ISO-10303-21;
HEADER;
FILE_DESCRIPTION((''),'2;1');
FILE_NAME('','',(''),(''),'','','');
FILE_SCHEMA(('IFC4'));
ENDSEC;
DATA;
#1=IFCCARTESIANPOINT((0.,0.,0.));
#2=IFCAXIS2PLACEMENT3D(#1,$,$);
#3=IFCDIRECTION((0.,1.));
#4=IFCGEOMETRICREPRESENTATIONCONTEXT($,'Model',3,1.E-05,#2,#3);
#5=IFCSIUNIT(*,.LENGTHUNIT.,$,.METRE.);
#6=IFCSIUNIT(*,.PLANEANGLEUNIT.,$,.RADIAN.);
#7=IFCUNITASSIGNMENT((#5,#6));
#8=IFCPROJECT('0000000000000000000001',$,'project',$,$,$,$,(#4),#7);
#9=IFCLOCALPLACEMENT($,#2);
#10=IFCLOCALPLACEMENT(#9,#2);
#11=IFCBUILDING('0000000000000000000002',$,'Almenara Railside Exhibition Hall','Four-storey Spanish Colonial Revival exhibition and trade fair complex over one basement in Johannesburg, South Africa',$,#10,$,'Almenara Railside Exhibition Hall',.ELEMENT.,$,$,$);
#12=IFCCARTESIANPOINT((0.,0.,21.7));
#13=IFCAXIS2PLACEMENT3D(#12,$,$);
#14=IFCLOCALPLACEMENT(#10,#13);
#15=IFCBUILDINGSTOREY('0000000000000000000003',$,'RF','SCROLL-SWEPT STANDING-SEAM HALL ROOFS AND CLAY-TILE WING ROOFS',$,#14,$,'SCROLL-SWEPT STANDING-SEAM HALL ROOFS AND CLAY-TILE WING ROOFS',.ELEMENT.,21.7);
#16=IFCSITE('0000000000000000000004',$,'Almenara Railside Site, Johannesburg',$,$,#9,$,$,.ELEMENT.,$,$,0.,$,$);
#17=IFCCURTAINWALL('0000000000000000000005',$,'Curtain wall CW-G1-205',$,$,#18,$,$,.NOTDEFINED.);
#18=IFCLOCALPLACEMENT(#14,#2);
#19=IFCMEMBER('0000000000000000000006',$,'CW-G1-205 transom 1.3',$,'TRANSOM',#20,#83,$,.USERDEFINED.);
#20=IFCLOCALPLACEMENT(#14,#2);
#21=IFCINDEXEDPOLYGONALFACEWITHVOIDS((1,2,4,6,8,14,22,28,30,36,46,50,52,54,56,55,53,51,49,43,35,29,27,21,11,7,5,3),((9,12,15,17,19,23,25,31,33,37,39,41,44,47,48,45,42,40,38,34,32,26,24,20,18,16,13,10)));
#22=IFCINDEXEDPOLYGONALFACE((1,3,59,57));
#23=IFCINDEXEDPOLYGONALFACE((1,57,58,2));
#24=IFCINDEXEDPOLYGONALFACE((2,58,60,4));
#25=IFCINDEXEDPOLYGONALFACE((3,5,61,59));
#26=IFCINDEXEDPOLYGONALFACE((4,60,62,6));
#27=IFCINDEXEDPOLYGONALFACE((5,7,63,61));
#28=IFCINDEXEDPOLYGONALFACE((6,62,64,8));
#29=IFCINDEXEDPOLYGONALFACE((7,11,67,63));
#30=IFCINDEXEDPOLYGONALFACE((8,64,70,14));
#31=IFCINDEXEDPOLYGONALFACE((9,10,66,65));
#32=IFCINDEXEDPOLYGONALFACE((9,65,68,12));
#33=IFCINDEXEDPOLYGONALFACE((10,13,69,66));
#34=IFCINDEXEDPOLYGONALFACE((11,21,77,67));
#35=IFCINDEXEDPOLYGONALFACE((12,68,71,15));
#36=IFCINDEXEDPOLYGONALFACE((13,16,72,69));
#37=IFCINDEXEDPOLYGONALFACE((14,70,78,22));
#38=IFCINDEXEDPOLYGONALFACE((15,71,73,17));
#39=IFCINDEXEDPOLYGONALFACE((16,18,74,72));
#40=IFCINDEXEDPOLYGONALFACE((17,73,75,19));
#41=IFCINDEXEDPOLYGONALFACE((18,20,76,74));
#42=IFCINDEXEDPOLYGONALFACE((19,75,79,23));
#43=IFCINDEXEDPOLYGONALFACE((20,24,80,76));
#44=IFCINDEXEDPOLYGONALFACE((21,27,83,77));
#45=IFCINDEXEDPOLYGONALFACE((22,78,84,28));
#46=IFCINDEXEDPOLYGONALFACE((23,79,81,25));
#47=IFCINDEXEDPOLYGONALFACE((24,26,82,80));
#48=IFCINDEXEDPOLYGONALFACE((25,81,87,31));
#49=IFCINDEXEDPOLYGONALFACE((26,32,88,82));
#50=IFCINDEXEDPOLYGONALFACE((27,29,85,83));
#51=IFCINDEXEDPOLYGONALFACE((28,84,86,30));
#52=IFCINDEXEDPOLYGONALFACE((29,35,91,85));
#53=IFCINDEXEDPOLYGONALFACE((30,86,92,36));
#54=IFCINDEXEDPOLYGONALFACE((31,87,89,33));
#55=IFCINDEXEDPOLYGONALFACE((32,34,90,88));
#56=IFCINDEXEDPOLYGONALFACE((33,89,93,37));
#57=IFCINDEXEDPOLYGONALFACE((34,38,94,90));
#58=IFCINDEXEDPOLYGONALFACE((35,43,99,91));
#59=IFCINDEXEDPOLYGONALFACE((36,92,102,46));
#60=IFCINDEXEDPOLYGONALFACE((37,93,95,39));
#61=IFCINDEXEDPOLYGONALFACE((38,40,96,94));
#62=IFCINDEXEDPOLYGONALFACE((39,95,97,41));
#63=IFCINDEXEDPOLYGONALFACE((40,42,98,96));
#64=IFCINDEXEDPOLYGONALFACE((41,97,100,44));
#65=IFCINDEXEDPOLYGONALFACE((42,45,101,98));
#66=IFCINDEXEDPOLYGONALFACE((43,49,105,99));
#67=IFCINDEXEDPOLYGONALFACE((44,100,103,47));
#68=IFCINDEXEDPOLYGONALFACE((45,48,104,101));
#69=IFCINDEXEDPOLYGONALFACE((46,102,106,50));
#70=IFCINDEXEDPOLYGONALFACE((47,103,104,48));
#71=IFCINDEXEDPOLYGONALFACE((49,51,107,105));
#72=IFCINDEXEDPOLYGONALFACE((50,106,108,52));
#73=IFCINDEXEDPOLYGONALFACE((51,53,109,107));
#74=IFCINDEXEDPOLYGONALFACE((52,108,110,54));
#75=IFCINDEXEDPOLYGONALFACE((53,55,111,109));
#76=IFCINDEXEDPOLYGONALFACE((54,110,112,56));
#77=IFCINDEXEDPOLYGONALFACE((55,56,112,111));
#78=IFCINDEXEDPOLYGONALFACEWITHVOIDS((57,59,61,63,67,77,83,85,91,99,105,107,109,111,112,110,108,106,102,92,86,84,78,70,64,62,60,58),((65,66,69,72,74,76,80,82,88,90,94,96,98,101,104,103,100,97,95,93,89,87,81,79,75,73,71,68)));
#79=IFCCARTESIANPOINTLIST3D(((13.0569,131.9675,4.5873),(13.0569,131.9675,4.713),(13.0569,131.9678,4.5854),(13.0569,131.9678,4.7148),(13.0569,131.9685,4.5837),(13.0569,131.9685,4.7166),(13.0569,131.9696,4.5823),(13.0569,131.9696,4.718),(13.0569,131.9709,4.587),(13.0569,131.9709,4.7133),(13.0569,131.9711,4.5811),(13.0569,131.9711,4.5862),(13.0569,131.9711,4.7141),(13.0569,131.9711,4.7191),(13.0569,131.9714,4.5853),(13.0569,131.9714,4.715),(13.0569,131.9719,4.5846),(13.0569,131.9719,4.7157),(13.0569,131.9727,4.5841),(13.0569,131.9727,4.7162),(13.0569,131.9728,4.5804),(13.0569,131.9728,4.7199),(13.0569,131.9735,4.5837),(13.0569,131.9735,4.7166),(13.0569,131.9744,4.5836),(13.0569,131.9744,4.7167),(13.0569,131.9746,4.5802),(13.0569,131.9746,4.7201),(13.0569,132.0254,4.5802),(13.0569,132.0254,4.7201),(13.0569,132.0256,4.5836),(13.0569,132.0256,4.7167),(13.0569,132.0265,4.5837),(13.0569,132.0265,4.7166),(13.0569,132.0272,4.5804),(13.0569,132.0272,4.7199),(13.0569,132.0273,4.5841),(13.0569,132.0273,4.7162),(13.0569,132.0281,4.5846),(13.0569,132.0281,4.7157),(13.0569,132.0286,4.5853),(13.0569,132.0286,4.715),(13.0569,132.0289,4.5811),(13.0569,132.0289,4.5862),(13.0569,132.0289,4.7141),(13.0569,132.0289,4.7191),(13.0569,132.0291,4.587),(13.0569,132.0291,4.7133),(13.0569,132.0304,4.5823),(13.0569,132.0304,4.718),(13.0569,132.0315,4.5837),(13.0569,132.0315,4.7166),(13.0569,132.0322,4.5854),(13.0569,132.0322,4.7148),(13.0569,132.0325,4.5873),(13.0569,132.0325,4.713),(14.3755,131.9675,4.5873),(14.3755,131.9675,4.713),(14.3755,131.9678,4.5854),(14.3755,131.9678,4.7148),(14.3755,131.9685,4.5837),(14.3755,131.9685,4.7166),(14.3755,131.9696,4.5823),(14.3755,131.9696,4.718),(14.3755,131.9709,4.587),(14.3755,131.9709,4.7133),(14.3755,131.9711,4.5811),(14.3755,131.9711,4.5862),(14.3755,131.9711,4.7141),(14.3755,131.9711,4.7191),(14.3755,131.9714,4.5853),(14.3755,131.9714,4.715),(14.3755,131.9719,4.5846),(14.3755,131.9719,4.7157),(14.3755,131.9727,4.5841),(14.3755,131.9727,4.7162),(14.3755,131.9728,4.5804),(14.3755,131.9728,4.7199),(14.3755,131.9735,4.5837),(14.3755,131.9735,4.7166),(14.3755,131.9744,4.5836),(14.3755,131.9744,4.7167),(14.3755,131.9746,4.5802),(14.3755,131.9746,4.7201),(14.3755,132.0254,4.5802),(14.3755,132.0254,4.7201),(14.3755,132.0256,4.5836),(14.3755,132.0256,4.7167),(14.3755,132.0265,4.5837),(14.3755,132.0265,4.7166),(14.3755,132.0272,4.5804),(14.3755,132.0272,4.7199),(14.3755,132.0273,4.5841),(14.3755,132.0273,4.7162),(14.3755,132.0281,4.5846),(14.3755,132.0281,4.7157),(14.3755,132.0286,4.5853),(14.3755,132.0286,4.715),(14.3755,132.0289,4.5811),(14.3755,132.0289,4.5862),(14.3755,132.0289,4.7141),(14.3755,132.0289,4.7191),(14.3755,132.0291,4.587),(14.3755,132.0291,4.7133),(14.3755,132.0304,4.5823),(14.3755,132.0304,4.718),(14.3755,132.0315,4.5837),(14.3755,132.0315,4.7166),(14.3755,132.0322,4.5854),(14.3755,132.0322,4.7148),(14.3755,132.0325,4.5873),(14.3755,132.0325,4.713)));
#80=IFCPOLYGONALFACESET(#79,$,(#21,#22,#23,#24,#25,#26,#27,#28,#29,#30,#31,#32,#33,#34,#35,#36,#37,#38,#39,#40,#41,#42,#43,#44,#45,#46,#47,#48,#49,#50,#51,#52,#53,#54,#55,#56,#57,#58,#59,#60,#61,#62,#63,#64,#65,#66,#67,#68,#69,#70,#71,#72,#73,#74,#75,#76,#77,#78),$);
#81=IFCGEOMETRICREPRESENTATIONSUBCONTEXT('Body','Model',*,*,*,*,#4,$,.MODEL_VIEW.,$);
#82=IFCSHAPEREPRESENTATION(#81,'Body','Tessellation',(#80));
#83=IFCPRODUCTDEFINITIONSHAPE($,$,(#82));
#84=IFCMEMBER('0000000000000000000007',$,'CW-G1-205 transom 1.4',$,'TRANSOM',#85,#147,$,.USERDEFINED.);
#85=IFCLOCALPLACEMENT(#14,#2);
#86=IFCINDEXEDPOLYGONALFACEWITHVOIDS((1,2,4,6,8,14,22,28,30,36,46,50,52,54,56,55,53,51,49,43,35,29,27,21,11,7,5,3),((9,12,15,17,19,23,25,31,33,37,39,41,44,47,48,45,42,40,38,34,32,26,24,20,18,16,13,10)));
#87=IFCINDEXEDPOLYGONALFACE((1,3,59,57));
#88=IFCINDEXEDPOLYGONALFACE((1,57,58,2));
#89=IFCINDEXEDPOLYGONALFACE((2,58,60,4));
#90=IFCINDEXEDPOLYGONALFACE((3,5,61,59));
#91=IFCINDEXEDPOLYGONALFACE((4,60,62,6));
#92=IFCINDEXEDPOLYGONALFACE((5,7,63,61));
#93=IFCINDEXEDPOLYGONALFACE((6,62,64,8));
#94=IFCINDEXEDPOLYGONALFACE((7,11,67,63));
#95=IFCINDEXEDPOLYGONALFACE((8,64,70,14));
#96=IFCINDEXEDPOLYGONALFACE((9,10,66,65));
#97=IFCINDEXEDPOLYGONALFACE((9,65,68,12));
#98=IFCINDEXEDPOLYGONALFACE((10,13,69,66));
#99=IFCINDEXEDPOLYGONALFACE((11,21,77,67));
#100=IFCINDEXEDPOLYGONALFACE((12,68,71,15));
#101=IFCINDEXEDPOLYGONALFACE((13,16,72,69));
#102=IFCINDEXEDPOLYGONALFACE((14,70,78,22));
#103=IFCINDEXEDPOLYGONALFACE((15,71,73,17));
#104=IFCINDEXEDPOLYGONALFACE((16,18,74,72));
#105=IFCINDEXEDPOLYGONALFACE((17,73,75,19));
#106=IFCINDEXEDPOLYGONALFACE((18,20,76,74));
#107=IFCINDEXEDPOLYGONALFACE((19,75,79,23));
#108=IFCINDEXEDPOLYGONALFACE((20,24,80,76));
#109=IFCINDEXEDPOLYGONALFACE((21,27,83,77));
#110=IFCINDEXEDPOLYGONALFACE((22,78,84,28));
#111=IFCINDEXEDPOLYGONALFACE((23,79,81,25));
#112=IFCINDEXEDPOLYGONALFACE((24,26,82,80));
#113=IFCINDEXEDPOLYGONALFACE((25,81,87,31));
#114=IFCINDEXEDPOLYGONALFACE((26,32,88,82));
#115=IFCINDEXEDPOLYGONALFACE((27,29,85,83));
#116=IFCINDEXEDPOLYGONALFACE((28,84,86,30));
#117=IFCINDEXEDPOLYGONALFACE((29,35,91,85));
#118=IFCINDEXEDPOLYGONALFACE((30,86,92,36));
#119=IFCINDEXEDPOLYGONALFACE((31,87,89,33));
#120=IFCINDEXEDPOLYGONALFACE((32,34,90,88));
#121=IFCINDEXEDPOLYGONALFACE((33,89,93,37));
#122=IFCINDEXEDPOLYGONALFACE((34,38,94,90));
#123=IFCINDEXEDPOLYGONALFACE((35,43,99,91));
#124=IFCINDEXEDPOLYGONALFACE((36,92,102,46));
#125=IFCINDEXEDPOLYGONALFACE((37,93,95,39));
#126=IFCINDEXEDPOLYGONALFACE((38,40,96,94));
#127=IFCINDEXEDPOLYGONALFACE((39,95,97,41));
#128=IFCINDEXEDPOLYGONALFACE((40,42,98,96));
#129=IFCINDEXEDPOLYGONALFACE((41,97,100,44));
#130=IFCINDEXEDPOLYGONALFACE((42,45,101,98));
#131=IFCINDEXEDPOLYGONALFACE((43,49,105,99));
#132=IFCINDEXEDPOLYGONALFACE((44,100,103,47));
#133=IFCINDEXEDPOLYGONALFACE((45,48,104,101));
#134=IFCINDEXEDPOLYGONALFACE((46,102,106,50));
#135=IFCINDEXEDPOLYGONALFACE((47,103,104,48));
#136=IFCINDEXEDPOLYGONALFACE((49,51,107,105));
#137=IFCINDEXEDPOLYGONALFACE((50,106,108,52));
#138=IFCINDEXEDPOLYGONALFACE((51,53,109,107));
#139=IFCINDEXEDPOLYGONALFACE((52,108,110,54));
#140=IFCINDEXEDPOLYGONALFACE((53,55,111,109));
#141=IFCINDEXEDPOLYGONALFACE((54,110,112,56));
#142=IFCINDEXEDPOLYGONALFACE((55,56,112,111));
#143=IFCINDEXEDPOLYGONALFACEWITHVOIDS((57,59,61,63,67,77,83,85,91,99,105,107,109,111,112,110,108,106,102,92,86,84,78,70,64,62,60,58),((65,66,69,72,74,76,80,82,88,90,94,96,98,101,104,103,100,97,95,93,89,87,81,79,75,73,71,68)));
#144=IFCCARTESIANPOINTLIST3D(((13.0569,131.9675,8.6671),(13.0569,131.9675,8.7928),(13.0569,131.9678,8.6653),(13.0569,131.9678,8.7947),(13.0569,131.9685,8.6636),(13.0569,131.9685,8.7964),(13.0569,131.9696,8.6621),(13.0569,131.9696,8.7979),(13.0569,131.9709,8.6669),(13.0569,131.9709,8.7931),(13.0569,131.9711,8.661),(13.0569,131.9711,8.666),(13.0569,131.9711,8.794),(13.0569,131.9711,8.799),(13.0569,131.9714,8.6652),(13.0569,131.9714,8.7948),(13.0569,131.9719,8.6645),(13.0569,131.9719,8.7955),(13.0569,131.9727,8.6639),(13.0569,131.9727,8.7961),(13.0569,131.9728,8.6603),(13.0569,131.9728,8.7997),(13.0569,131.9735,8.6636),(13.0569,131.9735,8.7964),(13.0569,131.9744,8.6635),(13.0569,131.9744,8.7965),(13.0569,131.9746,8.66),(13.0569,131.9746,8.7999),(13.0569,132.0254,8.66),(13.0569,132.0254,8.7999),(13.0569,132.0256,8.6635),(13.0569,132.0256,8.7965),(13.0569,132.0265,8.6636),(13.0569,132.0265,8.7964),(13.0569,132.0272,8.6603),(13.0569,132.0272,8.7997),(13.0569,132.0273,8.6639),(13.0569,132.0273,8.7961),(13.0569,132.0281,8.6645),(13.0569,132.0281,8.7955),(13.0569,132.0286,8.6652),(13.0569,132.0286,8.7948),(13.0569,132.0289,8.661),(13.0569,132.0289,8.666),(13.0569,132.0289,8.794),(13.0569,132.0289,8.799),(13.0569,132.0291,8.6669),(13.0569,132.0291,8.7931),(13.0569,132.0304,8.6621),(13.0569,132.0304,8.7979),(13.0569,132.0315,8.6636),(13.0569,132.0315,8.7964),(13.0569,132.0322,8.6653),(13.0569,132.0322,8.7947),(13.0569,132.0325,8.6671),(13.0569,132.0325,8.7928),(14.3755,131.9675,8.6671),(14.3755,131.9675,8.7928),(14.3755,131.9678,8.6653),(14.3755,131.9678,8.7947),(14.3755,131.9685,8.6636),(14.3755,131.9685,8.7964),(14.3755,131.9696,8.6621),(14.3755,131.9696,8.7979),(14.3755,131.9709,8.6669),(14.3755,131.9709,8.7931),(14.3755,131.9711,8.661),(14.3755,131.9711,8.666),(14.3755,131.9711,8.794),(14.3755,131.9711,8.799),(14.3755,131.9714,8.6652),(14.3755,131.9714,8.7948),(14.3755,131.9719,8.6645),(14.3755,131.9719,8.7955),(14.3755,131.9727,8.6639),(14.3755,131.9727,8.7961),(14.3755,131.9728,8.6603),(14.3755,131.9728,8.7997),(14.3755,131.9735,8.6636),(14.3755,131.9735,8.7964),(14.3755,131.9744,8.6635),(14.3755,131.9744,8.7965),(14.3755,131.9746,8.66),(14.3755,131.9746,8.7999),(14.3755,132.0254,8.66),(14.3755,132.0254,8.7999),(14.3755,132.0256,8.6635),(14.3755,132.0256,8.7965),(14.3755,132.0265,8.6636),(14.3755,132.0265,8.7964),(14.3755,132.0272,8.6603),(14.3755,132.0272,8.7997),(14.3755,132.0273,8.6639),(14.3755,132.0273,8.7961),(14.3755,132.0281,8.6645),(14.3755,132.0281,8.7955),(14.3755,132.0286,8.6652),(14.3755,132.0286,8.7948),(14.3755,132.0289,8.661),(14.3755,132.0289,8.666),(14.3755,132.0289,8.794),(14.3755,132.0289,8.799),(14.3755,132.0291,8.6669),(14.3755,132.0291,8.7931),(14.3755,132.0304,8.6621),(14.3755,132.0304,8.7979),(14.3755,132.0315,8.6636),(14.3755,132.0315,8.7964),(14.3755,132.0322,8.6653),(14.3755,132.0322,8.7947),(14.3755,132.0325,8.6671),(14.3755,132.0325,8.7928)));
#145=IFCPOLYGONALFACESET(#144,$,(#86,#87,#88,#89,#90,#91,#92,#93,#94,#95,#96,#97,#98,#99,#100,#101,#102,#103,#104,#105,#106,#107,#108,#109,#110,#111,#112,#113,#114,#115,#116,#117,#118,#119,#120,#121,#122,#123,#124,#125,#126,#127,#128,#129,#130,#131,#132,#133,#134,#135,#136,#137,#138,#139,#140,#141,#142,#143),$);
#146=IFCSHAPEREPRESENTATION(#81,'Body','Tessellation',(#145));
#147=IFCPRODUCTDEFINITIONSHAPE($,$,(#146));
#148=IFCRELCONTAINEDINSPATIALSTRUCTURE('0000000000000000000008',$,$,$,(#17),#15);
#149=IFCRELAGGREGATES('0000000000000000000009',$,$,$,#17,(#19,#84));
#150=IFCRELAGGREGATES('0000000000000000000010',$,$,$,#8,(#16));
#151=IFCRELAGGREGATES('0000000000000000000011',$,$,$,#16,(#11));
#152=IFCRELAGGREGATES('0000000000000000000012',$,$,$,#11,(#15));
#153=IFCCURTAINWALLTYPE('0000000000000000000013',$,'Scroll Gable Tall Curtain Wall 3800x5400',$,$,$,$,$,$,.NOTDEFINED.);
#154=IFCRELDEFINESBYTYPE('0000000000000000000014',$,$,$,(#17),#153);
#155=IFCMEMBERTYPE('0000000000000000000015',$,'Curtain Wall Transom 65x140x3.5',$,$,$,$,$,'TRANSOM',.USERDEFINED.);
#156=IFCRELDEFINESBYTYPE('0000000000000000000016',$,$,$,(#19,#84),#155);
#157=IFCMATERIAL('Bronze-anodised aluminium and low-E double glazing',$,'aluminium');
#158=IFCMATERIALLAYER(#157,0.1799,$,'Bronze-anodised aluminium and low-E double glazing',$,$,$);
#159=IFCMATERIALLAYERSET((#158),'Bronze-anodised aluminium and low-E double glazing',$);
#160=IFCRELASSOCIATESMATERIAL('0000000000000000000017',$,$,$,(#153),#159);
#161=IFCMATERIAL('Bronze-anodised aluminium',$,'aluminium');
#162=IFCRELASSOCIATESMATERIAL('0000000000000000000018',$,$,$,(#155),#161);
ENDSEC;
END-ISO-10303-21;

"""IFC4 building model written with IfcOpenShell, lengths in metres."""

from ifc_helpers import new_model, si_unit, direction, frame, origin, origin_2d, place, context, subcontext, project, spatial, hollow_rectangle, extrude, material, layer, layer_set, material_profile, profile_set, type_object, element, aggregate, save


model = new_model("IFC4")

# Units and contexts
model_context = context("Model", 3, precision=1e-05, world=origin(), true_north=direction((0.0, 1.0)))
body_context = subcontext(model_context, "Body", "Model", "MODEL_VIEW")
ifc_project = project(units=[si_unit("LENGTHUNIT", "METRE"), si_unit("PLANEANGLEUNIT", "RADIAN")], contexts=[model_context])

# Site, building, storey
site_placement = place(None, origin())
site = spatial("IfcSite", under=ifc_project, at=site_placement, Name="Almenara Railside Site, Johannesburg", CompositionType="ELEMENT", RefElevation=0.0)
building_placement = place(site_placement, origin())
building = spatial("IfcBuilding", under=site, at=building_placement, Name="Almenara Railside Exhibition Hall", Description="Four-storey Spanish Colonial Revival exhibition and trade fair complex over one basement in Johannesburg, South Africa", LongName="Almenara Railside Exhibition Hall", CompositionType="ELEMENT")
storey_placement = place(building_placement, frame((0.0, 0.0, 21.7)))
storey = spatial("IfcBuildingStorey", under=building, at=storey_placement, Name="RF", Description="SCROLL-SWEPT STANDING-SEAM HALL ROOFS AND CLAY-TILE WING ROOFS", LongName="SCROLL-SWEPT STANDING-SEAM HALL ROOFS AND CLAY-TILE WING ROOFS", CompositionType="ELEMENT", Elevation=21.7)

# Curtain wall, members
ifc_material_1 = material(Name="Bronze-anodised aluminium and low-E double glazing", Category="aluminium")
ifc_material_2 = material(Name="Bronze-anodised aluminium", Category="aluminium")
ifc_layer_1 = layer(ifc_material_1, 0.1799, Name="Bronze-anodised aluminium and low-E double glazing")
ifc_layer_set_1 = layer_set([ifc_layer_1], Name="Bronze-anodised aluminium and low-E double glazing")
curtain_wall_type_1 = type_object("IfcCurtainWallType", Name="Scroll Gable Tall Curtain Wall 3800x5400", PredefinedType="NOTDEFINED", material=ifc_layer_set_1)
curtain_wall_1_placement = place(storey_placement, origin())
curtain_wall_1 = element("IfcCurtainWall", 1, at=curtain_wall_1_placement, inside=storey, type_object=curtain_wall_type_1, Name="Curtain wall CW-G1-205", PredefinedType="NOTDEFINED")
ifc_material_profile_1 = material_profile(ifc_material_2, hollow_rectangle(XDim=0.0649, YDim=0.1399, WallThickness=0.0034, InnerFilletRadius=0.0034, OuterFilletRadius=0.0071, at=origin_2d()), Name="ALU-TRN 65x140x3.5")
ifc_profile_set_1 = profile_set([ifc_material_profile_1], Name="Bronze-anodised aluminium")
member_type_1 = type_object("IfcMemberType", Name="Curtain Wall Transom 65x140x3.5", ElementType="TRANSOM", PredefinedType="USERDEFINED", material=ifc_profile_set_1)
member_1_placement = place(storey_placement, frame((13.0569, 132.0, 4.6501), z_axis=(1.0, 0.0, 0.0), x_axis=(0.0, 1.0, 0.0)))
member_1 = element("IfcMember", 2, at=member_1_placement, type_object=member_type_1, Name="CW-G1-205 transom 1.3", ObjectType="TRANSOM", PredefinedType="USERDEFINED", context=body_context, shape_type="SweptSolid", body=[
    extrude(hollow_rectangle(XDim=0.0649, YDim=0.1399, WallThickness=0.0034, InnerFilletRadius=0.0034, OuterFilletRadius=0.0071, at=origin_2d()), origin(), (0.0, 0.0, 1.0), 1.3186),
])
member_2_placement = place(storey_placement, frame((13.0569, 132.0, 8.73), z_axis=(1.0, 0.0, 0.0), x_axis=(0.0, 1.0, 0.0)))
member_2 = element("IfcMember", 3, at=member_2_placement, type_object=member_type_1, Name="CW-G1-205 transom 1.4", ObjectType="TRANSOM", PredefinedType="USERDEFINED", context=body_context, shape_type="SweptSolid", body=[
    extrude(hollow_rectangle(XDim=0.0649, YDim=0.1399, WallThickness=0.0034, InnerFilletRadius=0.0034, OuterFilletRadius=0.0071, at=origin_2d()), origin(), (0.0, 0.0, 1.0), 1.3186),
])

aggregate(curtain_wall_1, [member_1, member_2])

save(model, "model.ifc")
